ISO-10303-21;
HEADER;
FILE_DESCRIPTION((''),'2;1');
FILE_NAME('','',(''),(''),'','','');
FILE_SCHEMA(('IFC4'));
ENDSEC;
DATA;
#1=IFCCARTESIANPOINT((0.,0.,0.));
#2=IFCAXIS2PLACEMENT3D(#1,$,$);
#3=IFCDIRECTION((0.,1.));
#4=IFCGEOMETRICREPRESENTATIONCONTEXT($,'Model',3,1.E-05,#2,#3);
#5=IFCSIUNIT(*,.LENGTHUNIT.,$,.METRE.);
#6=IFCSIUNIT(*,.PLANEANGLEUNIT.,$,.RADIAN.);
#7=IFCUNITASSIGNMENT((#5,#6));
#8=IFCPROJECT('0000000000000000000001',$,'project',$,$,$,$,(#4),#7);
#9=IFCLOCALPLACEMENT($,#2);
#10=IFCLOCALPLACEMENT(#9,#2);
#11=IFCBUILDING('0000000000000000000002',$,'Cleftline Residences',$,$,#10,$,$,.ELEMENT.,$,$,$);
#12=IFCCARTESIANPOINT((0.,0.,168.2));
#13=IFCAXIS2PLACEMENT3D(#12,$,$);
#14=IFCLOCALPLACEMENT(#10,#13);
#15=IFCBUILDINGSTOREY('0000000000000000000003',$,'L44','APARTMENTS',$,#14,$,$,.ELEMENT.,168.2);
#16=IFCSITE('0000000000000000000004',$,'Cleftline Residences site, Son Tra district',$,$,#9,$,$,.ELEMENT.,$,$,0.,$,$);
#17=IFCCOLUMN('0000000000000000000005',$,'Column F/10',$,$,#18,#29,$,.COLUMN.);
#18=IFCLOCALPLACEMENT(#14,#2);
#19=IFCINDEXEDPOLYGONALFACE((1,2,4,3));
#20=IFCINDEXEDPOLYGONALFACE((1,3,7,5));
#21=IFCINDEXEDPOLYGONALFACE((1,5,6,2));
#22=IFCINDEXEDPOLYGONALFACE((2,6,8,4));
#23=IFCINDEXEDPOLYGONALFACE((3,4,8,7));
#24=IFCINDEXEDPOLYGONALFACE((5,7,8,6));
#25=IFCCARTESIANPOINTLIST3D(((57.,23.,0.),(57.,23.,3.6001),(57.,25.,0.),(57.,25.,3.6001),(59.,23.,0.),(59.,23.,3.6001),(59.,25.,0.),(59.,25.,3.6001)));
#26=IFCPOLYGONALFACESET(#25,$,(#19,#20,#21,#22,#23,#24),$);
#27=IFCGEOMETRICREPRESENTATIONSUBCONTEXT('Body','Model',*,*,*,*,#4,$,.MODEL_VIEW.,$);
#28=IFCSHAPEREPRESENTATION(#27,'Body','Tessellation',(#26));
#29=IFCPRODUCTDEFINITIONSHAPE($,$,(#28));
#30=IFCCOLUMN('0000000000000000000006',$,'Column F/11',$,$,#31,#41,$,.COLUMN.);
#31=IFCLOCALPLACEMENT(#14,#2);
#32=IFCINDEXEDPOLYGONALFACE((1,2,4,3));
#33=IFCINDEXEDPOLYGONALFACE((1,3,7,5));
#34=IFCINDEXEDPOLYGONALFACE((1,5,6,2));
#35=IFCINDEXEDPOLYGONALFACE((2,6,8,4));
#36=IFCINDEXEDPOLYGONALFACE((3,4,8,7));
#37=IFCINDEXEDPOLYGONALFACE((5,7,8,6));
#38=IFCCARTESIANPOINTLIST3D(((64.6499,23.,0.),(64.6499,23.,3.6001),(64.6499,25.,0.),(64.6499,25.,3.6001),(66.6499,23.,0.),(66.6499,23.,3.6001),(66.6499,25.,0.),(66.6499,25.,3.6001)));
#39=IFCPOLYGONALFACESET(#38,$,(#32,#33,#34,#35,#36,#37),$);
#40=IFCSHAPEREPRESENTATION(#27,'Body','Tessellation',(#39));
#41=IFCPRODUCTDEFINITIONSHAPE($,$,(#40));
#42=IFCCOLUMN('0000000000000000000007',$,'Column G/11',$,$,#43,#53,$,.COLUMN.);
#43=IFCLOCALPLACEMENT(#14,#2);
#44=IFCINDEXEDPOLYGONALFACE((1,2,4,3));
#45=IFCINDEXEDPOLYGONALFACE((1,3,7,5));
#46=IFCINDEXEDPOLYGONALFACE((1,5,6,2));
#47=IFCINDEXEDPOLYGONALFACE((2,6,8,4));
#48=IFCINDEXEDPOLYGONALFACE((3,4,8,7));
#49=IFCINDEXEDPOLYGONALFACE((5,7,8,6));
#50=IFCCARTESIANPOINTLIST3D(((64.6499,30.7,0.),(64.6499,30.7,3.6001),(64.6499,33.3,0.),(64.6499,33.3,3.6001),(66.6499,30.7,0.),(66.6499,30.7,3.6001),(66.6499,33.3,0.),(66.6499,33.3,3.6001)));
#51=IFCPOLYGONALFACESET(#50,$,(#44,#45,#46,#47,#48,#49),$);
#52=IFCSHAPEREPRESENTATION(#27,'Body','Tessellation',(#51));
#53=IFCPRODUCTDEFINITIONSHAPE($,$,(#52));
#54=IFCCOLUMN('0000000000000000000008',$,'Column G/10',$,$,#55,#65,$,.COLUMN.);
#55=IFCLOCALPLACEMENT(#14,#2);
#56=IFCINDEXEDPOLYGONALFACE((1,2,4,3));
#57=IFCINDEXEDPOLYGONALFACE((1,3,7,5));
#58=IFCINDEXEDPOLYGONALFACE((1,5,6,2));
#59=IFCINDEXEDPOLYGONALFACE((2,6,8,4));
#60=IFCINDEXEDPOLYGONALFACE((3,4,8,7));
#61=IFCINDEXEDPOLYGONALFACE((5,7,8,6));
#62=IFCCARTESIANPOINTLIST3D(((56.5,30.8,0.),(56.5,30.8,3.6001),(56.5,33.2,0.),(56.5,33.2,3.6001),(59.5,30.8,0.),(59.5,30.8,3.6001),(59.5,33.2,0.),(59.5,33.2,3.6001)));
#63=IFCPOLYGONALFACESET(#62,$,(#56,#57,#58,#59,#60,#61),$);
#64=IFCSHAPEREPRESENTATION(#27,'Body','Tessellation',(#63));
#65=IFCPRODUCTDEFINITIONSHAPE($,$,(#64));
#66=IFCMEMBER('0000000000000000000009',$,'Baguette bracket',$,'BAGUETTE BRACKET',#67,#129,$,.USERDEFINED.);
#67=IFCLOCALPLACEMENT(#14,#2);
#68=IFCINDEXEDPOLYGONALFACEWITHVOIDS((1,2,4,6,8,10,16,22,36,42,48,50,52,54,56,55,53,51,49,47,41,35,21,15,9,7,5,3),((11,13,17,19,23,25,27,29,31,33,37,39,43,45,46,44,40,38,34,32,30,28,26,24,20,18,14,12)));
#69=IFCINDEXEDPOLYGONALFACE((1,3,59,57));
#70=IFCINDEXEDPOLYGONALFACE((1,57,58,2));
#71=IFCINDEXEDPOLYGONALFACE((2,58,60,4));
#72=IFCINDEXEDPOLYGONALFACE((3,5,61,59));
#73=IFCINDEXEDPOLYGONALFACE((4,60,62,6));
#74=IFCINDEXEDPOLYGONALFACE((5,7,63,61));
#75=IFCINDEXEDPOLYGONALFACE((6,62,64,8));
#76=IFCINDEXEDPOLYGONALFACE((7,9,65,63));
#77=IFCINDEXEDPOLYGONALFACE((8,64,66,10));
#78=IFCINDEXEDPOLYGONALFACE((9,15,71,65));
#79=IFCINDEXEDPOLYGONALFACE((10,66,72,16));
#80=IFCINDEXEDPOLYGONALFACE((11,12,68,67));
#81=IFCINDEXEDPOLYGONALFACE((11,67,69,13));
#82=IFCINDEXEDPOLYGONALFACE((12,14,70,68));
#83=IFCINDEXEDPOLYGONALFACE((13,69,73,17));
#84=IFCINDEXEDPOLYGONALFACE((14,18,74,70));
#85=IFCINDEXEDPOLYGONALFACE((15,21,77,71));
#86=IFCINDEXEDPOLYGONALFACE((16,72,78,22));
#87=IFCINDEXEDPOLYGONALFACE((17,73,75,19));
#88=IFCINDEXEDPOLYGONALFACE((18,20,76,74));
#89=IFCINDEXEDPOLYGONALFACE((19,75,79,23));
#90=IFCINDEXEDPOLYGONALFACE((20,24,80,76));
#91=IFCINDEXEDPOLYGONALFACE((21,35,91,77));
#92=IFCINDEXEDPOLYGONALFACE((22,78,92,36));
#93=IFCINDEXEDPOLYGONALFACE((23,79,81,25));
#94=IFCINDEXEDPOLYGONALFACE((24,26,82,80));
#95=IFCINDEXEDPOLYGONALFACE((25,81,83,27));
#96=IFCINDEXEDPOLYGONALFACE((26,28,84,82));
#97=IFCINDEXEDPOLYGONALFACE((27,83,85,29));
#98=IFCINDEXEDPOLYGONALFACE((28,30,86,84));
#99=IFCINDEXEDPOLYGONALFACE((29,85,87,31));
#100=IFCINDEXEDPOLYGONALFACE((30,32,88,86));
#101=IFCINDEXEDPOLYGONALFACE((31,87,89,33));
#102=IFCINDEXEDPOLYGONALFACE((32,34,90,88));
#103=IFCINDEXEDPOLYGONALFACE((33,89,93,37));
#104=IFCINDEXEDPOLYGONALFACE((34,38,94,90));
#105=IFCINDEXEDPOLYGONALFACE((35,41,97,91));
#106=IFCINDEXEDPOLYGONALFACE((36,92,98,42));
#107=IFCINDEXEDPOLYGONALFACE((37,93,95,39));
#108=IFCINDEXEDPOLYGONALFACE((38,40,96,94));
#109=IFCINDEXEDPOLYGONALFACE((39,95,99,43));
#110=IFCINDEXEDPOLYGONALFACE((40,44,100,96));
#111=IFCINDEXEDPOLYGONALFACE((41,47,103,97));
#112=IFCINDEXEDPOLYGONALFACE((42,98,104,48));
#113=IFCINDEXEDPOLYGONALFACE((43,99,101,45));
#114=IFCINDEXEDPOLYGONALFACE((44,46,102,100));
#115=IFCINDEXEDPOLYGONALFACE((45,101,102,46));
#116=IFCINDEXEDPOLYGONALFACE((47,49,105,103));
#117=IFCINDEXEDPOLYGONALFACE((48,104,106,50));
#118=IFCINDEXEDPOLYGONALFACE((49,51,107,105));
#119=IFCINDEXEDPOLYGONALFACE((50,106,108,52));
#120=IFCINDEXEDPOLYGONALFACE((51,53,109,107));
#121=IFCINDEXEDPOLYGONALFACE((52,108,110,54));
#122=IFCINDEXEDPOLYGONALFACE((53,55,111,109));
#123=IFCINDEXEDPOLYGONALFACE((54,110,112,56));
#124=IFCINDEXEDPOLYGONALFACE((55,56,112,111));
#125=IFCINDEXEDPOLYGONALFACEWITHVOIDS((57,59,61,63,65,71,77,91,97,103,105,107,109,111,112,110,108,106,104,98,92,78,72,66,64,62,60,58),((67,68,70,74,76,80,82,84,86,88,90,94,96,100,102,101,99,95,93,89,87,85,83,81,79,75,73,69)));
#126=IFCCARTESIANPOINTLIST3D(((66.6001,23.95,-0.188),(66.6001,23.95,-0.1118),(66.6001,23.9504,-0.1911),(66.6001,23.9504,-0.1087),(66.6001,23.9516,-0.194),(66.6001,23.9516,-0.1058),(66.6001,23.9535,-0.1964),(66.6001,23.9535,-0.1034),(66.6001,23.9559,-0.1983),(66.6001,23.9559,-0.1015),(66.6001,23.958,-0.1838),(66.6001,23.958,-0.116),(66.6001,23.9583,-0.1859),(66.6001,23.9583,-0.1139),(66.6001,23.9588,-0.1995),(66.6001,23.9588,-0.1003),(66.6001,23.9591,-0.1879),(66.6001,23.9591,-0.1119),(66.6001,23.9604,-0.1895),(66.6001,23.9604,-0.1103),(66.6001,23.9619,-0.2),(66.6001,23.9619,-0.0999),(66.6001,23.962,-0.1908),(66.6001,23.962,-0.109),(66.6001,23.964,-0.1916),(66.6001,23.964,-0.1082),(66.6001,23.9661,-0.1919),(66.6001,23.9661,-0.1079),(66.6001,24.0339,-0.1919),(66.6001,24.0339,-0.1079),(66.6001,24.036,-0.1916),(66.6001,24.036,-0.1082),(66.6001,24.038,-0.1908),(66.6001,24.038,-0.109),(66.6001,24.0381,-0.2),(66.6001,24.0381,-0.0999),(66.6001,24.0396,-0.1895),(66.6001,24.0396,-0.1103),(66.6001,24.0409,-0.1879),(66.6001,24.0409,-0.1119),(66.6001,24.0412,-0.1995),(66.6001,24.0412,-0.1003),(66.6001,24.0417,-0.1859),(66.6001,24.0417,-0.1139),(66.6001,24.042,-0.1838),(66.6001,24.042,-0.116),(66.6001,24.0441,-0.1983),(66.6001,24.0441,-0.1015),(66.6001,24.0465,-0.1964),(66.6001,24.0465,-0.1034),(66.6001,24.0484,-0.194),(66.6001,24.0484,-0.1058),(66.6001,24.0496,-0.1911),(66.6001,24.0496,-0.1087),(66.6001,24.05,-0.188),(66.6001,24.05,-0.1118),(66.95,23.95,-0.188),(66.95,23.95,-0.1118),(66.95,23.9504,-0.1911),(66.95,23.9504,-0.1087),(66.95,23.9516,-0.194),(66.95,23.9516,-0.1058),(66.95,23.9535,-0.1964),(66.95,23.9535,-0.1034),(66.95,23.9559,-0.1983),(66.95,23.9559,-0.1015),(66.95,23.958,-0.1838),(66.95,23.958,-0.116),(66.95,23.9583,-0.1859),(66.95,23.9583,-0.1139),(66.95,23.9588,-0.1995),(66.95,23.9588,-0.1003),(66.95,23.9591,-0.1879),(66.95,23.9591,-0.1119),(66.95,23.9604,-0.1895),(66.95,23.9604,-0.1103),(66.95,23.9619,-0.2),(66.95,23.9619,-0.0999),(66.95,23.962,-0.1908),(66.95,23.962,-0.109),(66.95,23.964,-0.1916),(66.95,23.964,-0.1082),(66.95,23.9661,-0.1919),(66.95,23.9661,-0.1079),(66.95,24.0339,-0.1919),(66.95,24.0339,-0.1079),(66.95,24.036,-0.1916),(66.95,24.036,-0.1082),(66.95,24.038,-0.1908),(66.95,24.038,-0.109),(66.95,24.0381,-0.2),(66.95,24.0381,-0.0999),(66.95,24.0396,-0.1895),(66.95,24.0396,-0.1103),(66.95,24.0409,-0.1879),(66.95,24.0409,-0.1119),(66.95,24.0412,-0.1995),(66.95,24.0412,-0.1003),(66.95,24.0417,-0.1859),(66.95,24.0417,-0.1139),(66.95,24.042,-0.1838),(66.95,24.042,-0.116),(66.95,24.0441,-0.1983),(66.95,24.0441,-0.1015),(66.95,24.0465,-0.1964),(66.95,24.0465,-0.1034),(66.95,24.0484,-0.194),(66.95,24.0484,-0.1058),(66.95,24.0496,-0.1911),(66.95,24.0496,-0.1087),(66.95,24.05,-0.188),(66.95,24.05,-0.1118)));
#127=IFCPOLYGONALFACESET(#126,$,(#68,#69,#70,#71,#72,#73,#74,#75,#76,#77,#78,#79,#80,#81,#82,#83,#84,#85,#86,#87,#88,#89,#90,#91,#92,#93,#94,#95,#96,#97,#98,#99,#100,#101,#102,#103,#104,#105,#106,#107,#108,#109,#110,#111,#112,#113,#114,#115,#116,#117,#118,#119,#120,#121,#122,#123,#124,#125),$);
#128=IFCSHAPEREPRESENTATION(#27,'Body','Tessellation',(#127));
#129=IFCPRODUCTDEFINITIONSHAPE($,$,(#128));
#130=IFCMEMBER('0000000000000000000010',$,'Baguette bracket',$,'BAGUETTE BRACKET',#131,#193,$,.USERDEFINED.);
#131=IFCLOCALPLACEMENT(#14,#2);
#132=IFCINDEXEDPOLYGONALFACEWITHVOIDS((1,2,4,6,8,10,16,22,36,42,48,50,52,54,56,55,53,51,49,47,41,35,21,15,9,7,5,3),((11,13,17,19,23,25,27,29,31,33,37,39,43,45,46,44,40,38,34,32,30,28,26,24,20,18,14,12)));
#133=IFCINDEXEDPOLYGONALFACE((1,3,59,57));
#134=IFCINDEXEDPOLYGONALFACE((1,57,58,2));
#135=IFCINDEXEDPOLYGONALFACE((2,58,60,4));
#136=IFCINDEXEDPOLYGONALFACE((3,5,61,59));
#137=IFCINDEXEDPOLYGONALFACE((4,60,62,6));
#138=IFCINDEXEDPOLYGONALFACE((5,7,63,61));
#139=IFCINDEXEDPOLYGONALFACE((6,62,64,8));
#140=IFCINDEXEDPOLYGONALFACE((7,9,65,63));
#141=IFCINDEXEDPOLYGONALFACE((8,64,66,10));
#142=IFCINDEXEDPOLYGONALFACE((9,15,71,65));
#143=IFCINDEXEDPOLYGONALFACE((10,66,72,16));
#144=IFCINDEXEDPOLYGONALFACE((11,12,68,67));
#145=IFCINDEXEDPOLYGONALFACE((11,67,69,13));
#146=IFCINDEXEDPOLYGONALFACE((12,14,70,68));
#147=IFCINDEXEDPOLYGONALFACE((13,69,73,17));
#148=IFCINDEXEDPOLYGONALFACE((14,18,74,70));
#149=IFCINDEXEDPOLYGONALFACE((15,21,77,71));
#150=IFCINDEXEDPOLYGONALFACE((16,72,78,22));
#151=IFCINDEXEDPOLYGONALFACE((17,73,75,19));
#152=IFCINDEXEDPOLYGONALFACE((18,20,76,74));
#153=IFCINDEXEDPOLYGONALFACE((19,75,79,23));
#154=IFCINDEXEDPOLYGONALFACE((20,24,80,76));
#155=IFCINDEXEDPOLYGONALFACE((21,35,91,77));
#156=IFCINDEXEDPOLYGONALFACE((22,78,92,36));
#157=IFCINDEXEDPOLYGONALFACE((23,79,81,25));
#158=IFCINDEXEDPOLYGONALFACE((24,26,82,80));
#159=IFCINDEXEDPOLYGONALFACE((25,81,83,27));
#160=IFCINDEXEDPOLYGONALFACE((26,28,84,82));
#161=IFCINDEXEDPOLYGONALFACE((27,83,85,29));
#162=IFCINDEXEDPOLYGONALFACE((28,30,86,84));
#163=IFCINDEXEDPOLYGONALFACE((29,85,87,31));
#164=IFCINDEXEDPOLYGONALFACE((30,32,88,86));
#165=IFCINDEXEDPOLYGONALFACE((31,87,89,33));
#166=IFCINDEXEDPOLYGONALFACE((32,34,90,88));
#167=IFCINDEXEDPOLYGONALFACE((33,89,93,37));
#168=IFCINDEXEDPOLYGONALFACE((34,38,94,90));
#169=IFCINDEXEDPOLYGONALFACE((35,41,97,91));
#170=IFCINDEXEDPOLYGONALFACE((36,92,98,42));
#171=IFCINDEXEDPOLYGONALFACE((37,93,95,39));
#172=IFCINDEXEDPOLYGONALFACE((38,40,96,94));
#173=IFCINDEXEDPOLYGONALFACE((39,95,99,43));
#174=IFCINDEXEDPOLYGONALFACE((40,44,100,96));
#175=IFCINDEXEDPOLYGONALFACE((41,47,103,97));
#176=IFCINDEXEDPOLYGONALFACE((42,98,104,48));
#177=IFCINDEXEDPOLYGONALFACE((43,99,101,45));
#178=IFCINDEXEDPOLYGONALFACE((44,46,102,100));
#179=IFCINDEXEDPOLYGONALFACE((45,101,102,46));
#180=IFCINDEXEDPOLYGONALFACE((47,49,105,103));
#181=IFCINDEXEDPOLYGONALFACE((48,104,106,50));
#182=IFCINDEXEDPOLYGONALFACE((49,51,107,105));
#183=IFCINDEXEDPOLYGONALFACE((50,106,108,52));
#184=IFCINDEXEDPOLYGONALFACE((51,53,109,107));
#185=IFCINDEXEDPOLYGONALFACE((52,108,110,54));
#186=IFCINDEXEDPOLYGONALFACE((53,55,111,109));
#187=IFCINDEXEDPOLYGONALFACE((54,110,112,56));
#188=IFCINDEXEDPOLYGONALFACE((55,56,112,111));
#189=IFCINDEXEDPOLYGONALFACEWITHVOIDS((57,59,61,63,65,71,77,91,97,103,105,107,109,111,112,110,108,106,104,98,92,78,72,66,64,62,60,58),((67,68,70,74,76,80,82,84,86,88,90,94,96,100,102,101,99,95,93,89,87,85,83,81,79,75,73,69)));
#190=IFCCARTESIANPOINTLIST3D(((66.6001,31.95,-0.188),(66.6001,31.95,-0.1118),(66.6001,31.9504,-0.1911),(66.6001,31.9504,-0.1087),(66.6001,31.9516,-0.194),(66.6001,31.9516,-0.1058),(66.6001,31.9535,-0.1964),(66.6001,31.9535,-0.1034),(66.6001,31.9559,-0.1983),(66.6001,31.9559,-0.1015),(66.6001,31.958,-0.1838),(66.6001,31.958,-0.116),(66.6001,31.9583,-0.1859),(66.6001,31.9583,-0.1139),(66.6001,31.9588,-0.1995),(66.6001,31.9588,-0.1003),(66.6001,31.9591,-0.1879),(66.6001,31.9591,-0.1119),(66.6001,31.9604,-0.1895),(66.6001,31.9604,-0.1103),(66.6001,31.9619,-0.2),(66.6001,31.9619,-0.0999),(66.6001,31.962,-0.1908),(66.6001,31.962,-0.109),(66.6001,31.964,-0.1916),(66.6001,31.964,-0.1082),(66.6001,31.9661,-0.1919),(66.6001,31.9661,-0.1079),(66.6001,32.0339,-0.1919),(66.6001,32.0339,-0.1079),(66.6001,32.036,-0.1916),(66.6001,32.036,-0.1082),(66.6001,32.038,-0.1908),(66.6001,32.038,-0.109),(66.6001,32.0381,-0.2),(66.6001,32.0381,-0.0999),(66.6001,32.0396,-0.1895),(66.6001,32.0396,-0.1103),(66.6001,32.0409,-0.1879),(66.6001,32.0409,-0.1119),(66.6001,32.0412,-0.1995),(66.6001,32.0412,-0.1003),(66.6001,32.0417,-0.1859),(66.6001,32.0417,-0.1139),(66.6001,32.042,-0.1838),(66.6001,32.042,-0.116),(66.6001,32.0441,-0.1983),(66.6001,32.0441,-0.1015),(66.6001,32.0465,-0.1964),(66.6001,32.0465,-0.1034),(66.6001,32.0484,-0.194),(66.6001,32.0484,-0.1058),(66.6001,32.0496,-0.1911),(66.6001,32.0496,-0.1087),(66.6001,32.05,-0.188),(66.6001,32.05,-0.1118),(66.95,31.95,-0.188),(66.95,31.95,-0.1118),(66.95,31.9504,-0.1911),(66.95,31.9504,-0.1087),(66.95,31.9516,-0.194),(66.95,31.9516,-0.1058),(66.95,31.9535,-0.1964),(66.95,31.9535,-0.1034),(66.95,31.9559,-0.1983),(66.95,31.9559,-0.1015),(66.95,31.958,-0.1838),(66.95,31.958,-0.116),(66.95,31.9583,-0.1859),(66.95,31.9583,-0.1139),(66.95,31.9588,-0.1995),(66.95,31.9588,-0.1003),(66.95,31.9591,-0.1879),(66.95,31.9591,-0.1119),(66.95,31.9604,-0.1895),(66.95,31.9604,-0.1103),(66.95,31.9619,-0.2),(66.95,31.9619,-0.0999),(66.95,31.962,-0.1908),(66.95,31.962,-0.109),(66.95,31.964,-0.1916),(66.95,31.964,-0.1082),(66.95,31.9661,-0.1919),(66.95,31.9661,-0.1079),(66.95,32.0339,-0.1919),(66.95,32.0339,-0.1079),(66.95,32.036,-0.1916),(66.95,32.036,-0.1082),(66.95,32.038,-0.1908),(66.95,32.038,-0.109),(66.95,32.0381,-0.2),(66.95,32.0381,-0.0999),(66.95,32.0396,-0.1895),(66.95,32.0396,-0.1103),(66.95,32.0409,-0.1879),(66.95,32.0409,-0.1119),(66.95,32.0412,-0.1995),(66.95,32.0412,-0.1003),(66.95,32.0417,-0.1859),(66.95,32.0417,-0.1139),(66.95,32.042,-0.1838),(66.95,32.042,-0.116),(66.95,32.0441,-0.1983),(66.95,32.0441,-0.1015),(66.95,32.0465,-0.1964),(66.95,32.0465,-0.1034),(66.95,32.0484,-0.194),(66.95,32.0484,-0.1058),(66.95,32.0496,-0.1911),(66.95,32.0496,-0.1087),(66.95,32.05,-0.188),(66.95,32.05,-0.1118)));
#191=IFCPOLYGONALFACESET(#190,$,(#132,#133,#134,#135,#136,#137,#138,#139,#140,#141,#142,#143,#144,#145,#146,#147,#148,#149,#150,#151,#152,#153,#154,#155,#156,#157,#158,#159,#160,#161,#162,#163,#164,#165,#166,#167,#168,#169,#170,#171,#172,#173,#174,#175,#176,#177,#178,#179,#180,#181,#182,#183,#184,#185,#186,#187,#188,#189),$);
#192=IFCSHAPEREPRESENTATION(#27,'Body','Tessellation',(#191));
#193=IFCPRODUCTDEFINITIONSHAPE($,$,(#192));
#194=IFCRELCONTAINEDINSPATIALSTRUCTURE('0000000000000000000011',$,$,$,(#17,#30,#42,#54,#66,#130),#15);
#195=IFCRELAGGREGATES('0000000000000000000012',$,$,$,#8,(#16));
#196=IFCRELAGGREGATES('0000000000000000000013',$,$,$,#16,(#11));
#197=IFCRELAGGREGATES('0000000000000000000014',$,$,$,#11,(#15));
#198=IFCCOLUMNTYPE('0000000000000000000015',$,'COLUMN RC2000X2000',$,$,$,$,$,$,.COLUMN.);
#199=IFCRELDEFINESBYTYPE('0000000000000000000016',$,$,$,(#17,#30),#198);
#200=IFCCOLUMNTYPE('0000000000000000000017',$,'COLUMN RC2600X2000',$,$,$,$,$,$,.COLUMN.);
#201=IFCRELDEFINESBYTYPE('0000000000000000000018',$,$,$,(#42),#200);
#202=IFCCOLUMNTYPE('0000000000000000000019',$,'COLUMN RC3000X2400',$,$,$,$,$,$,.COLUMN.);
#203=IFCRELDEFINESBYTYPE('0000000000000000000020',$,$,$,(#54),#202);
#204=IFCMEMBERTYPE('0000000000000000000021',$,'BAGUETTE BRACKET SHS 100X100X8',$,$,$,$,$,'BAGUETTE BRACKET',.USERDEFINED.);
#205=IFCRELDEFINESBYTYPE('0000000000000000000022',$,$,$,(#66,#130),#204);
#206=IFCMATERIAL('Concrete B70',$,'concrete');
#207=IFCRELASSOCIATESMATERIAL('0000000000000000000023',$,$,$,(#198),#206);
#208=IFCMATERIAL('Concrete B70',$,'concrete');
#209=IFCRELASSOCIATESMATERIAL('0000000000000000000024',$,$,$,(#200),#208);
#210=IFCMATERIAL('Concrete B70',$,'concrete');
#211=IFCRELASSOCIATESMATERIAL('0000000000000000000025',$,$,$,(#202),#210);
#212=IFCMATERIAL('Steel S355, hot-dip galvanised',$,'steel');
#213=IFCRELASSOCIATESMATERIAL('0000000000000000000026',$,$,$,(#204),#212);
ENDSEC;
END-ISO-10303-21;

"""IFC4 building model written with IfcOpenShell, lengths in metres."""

from ifc_helpers import new_model, si_unit, direction, frame, origin, origin_2d, place, context, subcontext, project, spatial, rectangle, hollow_rectangle, extrude, material, material_profile, profile_set, type_object, element, save


model = new_model("IFC4")

# Units and contexts
model_context = context("Model", 3, precision=1e-05, world=origin(), true_north=direction((0.0, 1.0)))
body_context = subcontext(model_context, "Body", "Model", "MODEL_VIEW")
ifc_project = project(units=[si_unit("LENGTHUNIT", "METRE"), si_unit("PLANEANGLEUNIT", "RADIAN")], contexts=[model_context])

# Site, building, storey
site_placement = place(None, origin())
site = spatial("IfcSite", under=ifc_project, at=site_placement, Name="Cleftline Residences site, Son Tra district", CompositionType="ELEMENT", RefElevation=0.0)
building_placement = place(site_placement, origin())
building = spatial("IfcBuilding", under=site, at=building_placement, Name="Cleftline Residences", CompositionType="ELEMENT")
storey_placement = place(building_placement, frame((0.0, 0.0, 168.2)))
storey = spatial("IfcBuildingStorey", under=building, at=storey_placement, Name="L44", Description="APARTMENTS", CompositionType="ELEMENT", Elevation=168.2)

# Columns
ifc_material_1 = material(Name="Concrete B70", Category="concrete")
ifc_material_profile_1 = material_profile(ifc_material_1, rectangle(XDim=2.0, YDim=2.0, at=origin_2d()))
ifc_profile_set_1 = profile_set([ifc_material_profile_1], Name="Concrete B70")
column_type_1 = type_object("IfcColumnType", Name="COLUMN RC2000X2000", PredefinedType="COLUMN", material=ifc_profile_set_1)
for number, where, z_axis, x_axis, name in (
    (1, (58.0, 24.0, 0.0), (0.0, 0.0, 1.0), (1.0, 0.0, 0.0), "Column F/10"),
    (2, (65.6499, 24.0, 0.0), (0.0, 0.0, 1.0), (1.0, 0.0, 0.0), "Column F/11"),
):
    element("IfcColumn", number, at=place(storey_placement, frame(where, z_axis=z_axis, x_axis=x_axis)), inside=storey, type_object=column_type_1, Name=name, PredefinedType="COLUMN", context=body_context, shape_type="SweptSolid", body=[
        extrude(rectangle(XDim=2.0, YDim=2.0, at=origin_2d()), origin(), (0.0, 0.0, 1.0), 3.6001),
    ])
ifc_material_2 = material(Name="Concrete B70", Category="concrete")
ifc_material_profile_2 = material_profile(ifc_material_2, rectangle(XDim=2.6001, YDim=2.0, at=origin_2d()))
ifc_profile_set_2 = profile_set([ifc_material_profile_2], Name="Concrete B70")
column_type_2 = type_object("IfcColumnType", Name="COLUMN RC2600X2000", PredefinedType="COLUMN", material=ifc_profile_set_2)
column_1_placement = place(storey_placement, frame((65.6499, 32.0, 0.0), z_axis=(0.0, 0.0, 1.0), x_axis=(0.0, 1.0, 0.0)))
element("IfcColumn", 3, at=column_1_placement, inside=storey, type_object=column_type_2, Name="Column G/11", PredefinedType="COLUMN", context=body_context, shape_type="SweptSolid", body=[
    extrude(rectangle(XDim=2.6001, YDim=2.0, at=origin_2d()), origin(), (0.0, 0.0, 1.0), 3.6001),
])
ifc_material_3 = material(Name="Concrete B70", Category="concrete")
ifc_material_profile_3 = material_profile(ifc_material_3, rectangle(XDim=3.0, YDim=2.3999, at=origin_2d()))
ifc_profile_set_3 = profile_set([ifc_material_profile_3], Name="Concrete B70")
column_type_3 = type_object("IfcColumnType", Name="COLUMN RC3000X2400", PredefinedType="COLUMN", material=ifc_profile_set_3)
column_2_placement = place(storey_placement, frame((58.0, 32.0, 0.0), z_axis=(0.0, 0.0, 1.0), x_axis=(1.0, 0.0, 0.0)))
element("IfcColumn", 4, at=column_2_placement, inside=storey, type_object=column_type_3, Name="Column G/10", PredefinedType="COLUMN", context=body_context, shape_type="SweptSolid", body=[
    extrude(rectangle(XDim=3.0, YDim=2.3999, at=origin_2d()), origin(), (0.0, 0.0, 1.0), 3.6001),
])

# Members
ifc_material_4 = material(Name="Steel S355, hot-dip galvanised", Category="steel")
ifc_material_profile_4 = material_profile(ifc_material_4, hollow_rectangle(XDim=0.1001, YDim=0.1001, WallThickness=0.0081, InnerFilletRadius=0.0081, OuterFilletRadius=0.012, at=origin_2d()))
ifc_profile_set_4 = profile_set([ifc_material_profile_4], Name="Steel S355, hot-dip galvanised")
member_type_1 = type_object("IfcMemberType", Name="BAGUETTE BRACKET SHS 100X100X8", ElementType="BAGUETTE BRACKET", PredefinedType="USERDEFINED", material=ifc_profile_set_4)
for number, where, z_axis, x_axis, name in (
    (5, (66.6001, 24.0, -0.1499), (1.0, 0.0, 0.0), (0.0, 1.0, 0.0), "Baguette bracket"),
    (6, (66.6001, 32.0, -0.1499), (1.0, 0.0, 0.0), (0.0, 1.0, 0.0), "Baguette bracket"),
):
    element("IfcMember", number, at=place(storey_placement, frame(where, z_axis=z_axis, x_axis=x_axis)), inside=storey, type_object=member_type_1, Name=name, ObjectType="BAGUETTE BRACKET", PredefinedType="USERDEFINED", context=body_context, shape_type="SweptSolid", body=[
        extrude(hollow_rectangle(XDim=0.1001, YDim=0.1001, WallThickness=0.0081, InnerFilletRadius=0.0081, OuterFilletRadius=0.012, at=origin_2d()), origin(), (0.0, 0.0, 1.0), 0.3499),
    ])

save(model, "model.ifc")
